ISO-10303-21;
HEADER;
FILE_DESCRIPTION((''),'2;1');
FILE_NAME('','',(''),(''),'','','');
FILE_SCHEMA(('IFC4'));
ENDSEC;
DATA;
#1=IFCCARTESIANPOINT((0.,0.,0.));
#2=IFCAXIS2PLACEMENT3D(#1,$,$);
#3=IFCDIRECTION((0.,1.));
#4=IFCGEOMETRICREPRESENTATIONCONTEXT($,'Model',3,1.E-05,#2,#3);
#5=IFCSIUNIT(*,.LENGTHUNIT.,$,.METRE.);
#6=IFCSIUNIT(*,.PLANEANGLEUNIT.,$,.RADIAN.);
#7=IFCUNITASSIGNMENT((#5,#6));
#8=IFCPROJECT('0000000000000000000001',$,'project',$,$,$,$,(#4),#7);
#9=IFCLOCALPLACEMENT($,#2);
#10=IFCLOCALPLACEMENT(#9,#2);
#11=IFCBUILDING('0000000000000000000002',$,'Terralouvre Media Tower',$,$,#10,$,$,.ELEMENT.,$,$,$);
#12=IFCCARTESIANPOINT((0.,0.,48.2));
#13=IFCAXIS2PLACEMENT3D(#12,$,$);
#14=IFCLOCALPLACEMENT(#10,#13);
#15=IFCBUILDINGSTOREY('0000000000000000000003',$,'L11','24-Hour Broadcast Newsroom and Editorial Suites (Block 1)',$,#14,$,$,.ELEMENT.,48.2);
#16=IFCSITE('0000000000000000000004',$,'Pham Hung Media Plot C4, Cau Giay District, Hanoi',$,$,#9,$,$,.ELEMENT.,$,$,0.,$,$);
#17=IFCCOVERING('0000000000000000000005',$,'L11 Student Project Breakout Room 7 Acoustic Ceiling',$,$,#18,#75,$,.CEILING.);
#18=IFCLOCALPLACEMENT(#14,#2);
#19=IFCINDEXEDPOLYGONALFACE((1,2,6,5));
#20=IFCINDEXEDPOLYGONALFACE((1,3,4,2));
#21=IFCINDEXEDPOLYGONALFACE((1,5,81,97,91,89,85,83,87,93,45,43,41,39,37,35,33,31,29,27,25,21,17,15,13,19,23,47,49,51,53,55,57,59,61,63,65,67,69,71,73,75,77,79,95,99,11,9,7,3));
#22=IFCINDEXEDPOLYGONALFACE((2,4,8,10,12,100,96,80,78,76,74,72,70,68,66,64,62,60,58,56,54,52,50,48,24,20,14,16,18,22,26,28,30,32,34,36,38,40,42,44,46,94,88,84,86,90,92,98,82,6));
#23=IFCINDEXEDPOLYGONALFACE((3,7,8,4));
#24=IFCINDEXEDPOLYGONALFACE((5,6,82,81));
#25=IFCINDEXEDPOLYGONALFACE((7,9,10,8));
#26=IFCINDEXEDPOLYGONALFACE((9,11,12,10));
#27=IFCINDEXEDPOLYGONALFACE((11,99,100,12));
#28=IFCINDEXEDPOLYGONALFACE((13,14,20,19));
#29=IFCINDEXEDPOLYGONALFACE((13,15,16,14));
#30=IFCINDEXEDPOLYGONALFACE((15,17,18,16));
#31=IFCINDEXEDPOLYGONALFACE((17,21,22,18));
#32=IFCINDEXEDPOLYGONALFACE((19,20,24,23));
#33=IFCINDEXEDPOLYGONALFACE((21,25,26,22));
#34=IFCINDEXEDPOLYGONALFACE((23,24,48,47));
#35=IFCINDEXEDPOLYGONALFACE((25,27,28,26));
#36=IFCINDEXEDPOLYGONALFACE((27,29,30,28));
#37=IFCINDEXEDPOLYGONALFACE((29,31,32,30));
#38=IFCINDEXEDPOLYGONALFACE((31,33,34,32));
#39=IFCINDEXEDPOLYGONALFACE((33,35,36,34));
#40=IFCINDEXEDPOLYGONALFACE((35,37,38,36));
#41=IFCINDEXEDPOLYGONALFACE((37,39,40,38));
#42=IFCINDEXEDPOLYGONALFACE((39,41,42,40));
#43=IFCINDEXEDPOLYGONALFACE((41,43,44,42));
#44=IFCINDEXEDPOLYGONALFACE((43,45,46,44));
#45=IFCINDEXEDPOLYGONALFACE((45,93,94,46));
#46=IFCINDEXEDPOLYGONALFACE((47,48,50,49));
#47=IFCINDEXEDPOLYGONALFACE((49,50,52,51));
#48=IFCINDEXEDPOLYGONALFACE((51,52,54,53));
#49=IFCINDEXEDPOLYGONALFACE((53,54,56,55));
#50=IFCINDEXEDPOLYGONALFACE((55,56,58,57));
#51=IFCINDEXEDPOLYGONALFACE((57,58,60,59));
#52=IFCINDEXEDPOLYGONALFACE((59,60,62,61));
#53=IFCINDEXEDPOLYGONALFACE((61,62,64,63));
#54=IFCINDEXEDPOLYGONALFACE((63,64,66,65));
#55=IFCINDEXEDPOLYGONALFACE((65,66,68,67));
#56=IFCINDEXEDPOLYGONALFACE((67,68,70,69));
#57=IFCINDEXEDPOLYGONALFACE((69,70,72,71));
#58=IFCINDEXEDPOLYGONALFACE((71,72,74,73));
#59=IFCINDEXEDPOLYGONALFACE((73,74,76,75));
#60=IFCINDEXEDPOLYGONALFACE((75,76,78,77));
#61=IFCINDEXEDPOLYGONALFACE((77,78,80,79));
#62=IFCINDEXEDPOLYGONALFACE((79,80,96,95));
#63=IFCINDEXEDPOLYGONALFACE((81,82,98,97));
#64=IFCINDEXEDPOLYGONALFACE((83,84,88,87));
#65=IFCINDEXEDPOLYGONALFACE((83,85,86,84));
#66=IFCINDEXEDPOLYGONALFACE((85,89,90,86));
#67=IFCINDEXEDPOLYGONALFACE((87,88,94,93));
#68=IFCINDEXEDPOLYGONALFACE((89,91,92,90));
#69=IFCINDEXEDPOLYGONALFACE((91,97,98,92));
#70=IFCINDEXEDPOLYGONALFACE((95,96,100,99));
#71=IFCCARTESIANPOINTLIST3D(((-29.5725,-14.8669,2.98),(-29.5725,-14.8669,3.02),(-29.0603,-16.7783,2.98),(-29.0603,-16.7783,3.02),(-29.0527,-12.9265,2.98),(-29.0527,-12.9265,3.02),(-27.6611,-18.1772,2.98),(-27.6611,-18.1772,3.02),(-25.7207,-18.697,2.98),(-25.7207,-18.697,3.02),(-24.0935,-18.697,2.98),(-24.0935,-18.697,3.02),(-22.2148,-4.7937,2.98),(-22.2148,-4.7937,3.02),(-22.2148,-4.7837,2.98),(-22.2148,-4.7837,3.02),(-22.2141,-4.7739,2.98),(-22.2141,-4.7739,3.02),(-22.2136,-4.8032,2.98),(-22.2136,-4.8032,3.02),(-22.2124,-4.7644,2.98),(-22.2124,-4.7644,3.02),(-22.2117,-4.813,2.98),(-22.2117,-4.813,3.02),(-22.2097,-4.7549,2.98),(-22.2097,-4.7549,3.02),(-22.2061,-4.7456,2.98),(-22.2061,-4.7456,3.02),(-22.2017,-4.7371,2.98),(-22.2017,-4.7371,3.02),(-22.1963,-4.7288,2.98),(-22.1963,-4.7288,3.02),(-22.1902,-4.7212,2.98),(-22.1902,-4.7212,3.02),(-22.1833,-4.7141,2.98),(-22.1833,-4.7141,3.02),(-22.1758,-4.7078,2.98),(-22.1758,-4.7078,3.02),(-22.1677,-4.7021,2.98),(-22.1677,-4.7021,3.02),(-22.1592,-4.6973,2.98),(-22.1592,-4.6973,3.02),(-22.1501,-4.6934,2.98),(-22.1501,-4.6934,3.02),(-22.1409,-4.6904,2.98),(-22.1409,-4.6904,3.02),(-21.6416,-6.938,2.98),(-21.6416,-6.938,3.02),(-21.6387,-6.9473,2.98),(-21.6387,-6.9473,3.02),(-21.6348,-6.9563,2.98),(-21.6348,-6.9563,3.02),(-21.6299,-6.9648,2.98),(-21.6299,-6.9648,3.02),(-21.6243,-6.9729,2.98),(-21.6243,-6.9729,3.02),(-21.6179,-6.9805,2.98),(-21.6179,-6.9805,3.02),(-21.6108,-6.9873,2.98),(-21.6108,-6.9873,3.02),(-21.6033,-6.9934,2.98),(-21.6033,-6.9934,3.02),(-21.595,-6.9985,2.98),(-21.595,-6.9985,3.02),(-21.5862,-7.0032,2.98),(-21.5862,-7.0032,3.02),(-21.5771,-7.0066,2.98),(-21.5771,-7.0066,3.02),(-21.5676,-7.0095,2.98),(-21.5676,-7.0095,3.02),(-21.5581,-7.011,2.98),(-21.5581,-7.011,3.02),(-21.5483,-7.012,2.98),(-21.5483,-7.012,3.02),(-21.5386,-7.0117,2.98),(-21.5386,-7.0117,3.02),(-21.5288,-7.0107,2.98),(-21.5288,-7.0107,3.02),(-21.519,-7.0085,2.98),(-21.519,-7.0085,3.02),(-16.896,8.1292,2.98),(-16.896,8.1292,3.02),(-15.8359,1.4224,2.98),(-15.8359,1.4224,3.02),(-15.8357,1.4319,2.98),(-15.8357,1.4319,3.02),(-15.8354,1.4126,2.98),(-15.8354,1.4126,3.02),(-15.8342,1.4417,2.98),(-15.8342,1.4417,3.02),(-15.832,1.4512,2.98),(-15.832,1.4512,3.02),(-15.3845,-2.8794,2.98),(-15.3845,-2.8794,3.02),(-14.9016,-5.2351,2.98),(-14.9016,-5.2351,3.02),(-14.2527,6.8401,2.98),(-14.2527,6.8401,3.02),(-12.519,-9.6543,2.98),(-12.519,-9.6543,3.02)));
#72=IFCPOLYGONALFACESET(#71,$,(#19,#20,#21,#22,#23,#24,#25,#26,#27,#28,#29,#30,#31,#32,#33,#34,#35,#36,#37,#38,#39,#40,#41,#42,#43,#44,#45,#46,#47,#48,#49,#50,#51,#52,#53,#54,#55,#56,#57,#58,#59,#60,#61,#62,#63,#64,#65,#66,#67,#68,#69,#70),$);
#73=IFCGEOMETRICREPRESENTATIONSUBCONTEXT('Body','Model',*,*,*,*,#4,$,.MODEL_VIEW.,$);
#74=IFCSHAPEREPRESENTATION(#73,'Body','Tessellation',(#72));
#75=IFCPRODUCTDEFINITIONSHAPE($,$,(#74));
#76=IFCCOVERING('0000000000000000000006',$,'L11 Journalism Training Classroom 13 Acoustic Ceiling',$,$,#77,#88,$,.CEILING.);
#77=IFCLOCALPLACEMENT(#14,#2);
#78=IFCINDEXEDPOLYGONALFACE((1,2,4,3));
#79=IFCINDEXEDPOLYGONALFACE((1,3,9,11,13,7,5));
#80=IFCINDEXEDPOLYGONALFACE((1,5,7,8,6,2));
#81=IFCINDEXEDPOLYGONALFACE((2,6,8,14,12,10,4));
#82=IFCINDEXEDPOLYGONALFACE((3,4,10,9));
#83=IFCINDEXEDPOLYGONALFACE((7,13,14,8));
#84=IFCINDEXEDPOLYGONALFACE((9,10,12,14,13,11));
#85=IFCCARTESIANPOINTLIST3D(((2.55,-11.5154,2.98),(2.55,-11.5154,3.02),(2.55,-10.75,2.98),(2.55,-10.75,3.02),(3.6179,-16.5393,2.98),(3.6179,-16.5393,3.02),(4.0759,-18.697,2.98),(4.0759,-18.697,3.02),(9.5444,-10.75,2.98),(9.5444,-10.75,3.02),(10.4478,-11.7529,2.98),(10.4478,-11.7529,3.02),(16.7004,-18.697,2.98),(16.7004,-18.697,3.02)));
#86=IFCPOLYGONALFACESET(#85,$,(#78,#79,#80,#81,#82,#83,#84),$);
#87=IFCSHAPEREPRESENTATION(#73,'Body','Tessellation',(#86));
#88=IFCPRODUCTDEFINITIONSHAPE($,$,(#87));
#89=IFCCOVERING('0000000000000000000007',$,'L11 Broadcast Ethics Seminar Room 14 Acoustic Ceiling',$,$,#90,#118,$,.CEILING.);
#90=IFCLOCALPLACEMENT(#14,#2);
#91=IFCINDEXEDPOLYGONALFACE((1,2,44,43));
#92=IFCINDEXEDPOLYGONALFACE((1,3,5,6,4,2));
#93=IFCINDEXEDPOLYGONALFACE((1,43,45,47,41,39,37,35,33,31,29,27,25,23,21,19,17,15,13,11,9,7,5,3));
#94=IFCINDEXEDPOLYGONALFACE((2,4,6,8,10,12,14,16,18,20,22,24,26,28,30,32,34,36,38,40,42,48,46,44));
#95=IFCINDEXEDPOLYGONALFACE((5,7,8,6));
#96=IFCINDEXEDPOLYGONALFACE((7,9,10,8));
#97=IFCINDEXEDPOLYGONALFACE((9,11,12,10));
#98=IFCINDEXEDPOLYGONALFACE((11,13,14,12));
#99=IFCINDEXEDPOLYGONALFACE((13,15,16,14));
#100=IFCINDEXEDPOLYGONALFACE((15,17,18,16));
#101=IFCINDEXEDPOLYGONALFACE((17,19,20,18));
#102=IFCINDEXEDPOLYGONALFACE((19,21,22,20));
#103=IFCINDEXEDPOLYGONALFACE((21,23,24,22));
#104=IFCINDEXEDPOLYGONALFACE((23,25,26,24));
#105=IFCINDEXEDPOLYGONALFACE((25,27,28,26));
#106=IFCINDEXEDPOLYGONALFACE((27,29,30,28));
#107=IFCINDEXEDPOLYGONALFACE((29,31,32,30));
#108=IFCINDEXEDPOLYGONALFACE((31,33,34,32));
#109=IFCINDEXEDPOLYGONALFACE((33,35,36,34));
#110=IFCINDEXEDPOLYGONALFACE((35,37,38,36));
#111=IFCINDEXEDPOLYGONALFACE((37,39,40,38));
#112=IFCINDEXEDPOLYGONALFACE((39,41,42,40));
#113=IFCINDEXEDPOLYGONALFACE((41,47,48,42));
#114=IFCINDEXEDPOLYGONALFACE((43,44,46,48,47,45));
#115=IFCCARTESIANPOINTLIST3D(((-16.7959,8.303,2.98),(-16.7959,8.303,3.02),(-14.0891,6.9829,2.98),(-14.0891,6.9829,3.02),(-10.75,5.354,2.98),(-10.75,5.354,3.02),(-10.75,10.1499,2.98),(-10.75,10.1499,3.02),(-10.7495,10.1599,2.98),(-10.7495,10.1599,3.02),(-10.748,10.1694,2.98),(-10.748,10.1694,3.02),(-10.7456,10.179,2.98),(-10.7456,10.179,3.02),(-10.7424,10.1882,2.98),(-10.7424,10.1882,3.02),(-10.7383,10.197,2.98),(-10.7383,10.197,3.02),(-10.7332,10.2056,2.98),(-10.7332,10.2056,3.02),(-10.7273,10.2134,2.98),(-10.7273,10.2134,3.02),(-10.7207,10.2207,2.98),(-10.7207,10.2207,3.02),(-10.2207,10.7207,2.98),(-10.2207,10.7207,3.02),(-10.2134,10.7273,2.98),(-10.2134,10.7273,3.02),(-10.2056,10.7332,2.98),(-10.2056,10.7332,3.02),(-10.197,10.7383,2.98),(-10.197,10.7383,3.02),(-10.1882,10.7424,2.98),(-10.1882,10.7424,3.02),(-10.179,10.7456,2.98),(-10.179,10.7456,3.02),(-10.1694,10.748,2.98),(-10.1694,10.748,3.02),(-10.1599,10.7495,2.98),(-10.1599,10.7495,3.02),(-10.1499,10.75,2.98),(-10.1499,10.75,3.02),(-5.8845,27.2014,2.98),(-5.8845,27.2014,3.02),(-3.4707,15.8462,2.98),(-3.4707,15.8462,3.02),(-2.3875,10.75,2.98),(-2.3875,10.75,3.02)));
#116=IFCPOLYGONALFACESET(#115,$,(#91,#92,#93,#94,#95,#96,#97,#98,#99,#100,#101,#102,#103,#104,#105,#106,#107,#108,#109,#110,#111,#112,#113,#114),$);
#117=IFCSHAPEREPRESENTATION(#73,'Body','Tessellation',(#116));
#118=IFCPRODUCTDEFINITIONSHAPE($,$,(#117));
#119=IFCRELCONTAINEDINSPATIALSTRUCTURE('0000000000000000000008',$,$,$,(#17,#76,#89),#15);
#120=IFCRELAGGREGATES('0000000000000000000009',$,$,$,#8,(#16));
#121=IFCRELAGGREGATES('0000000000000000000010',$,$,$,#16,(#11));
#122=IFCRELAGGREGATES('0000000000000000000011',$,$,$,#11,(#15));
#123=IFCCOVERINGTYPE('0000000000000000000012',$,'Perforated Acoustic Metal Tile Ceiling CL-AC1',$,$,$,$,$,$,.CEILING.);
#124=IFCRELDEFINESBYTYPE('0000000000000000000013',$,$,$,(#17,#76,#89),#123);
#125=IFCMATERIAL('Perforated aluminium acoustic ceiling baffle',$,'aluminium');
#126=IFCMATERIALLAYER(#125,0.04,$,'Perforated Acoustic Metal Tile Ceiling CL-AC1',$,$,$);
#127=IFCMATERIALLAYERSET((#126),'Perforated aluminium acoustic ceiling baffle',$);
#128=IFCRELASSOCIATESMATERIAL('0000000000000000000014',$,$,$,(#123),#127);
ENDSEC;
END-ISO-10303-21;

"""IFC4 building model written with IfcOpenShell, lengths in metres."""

from ifc_helpers import new_model, si_unit, direction, frame, origin, place, context, subcontext, project, spatial, polyline, outline, extrude, material, layer, layer_set, type_object, element, save


model = new_model("IFC4")

# Units and contexts
model_context = context("Model", 3, precision=1e-05, world=origin(), true_north=direction((0.0, 1.0)))
body_context = subcontext(model_context, "Body", "Model", "MODEL_VIEW")
ifc_project = project(units=[si_unit("LENGTHUNIT", "METRE"), si_unit("PLANEANGLEUNIT", "RADIAN")], contexts=[model_context])

# Site, building, storey
site_placement = place(None, origin())
site = spatial("IfcSite", under=ifc_project, at=site_placement, Name="Pham Hung Media Plot C4, Cau Giay District, Hanoi", CompositionType="ELEMENT", RefElevation=0.0)
building_placement = place(site_placement, origin())
building = spatial("IfcBuilding", under=site, at=building_placement, Name="Terralouvre Media Tower", CompositionType="ELEMENT")
storey_placement = place(building_placement, frame((0.0, 0.0, 48.2)))
storey = spatial("IfcBuildingStorey", under=building, at=storey_placement, Name="L11", Description="24-Hour Broadcast Newsroom and Editorial Suites (Block 1)", CompositionType="ELEMENT", Elevation=48.2)

# Coverings
ifc_material_1 = material(Name="Perforated aluminium acoustic ceiling baffle", Category="aluminium")
ifc_layer_1 = layer(ifc_material_1, 0.04, Name="Perforated Acoustic Metal Tile Ceiling CL-AC1")
ifc_layer_set_1 = layer_set([ifc_layer_1], Name="Perforated aluminium acoustic ceiling baffle")
covering_type_1 = type_object("IfcCoveringType", Name="Perforated Acoustic Metal Tile Ceiling CL-AC1", PredefinedType="CEILING", material=ifc_layer_set_1)
covering_1_placement = place(storey_placement, frame((0.0, 0.0, 2.98)))
element("IfcCovering", 1, at=covering_1_placement, inside=storey, type_object=covering_type_1, Name="L11 Student Project Breakout Room 7 Acoustic Ceiling", PredefinedType="CEILING", context=body_context, shape_type="SweptSolid", body=[
    extrude(outline(polyline([(-14.9016, -5.2351), (-21.519, -7.0085), (-21.5288, -7.0107), (-21.5386, -7.0117), (-21.5483, -7.012), (-21.5581, -7.011), (-21.5676, -7.0095), (-21.5771, -7.0066), (-21.5862, -7.0032), (-21.595, -6.9985), (-21.6033, -6.9934), (-21.6108, -6.9873), (-21.6179, -6.9805), (-21.6243, -6.9729), (-21.6299, -6.9648), (-21.6348, -6.9563), (-21.6387, -6.9473), (-21.6416, -6.938), (-22.2117, -4.813), (-22.2136, -4.8032), (-22.2148, -4.7937), (-22.2148, -4.7837), (-22.2141, -4.7739), (-22.2124, -4.7644), (-22.2097, -4.7549), (-22.2061, -4.7456), (-22.2017, -4.7371), (-22.1963, -4.7288), (-22.1902, -4.7212), (-22.1833, -4.7141), (-22.1758, -4.7078), (-22.1677, -4.7021), (-22.1592, -4.6973), (-22.1501, -4.6934), (-22.1409, -4.6904), (-15.3845, -2.8794), (-15.8354, 1.4126), (-15.8359, 1.4224), (-15.8357, 1.4319), (-15.8342, 1.4417), (-15.832, 1.4512), (-14.2527, 6.8401), (-16.896, 8.1292), (-29.0527, -12.9265), (-29.5725, -14.8669), (-29.0603, -16.7783), (-27.6611, -18.1772), (-25.7207, -18.697), (-24.0935, -18.697), (-12.519, -9.6543), (-14.9016, -5.2351)])), origin(), (0.0, 0.0, 1.0), 0.04),
])
covering_2_placement = place(storey_placement, frame((0.0, 0.0, 2.98)))
element("IfcCovering", 2, at=covering_2_placement, inside=storey, type_object=covering_type_1, Name="L11 Journalism Training Classroom 13 Acoustic Ceiling", PredefinedType="CEILING", context=body_context, shape_type="SweptSolid", body=[
    extrude(outline(polyline([(9.5444, -10.75), (2.55, -10.75), (2.55, -11.5154), (3.6179, -16.5393), (4.0759, -18.697), (16.7004, -18.697), (10.4478, -11.7529), (9.5444, -10.75)])), origin(), (0.0, 0.0, 1.0), 0.04),
])
covering_3_placement = place(storey_placement, frame((0.0, 0.0, 2.98)))
element("IfcCovering", 3, at=covering_3_placement, inside=storey, type_object=covering_type_1, Name="L11 Broadcast Ethics Seminar Room 14 Acoustic Ceiling", PredefinedType="CEILING", context=body_context, shape_type="SweptSolid", body=[
    extrude(outline(polyline([(-10.75, 5.354), (-10.75, 10.1499), (-10.7495, 10.1599), (-10.748, 10.1694), (-10.7456, 10.179), (-10.7424, 10.1882), (-10.7383, 10.197), (-10.7332, 10.2056), (-10.7273, 10.2134), (-10.7207, 10.2207), (-10.2207, 10.7207), (-10.2134, 10.7273), (-10.2056, 10.7332), (-10.197, 10.7383), (-10.1882, 10.7424), (-10.179, 10.7456), (-10.1694, 10.748), (-10.1599, 10.7495), (-10.1499, 10.75), (-2.3875, 10.75), (-3.4707, 15.8462), (-5.8845, 27.2014), (-16.7959, 8.303), (-14.0891, 6.9829), (-10.75, 5.354)])), origin(), (0.0, 0.0, 1.0), 0.04),
])

save(model, "model.ifc")
